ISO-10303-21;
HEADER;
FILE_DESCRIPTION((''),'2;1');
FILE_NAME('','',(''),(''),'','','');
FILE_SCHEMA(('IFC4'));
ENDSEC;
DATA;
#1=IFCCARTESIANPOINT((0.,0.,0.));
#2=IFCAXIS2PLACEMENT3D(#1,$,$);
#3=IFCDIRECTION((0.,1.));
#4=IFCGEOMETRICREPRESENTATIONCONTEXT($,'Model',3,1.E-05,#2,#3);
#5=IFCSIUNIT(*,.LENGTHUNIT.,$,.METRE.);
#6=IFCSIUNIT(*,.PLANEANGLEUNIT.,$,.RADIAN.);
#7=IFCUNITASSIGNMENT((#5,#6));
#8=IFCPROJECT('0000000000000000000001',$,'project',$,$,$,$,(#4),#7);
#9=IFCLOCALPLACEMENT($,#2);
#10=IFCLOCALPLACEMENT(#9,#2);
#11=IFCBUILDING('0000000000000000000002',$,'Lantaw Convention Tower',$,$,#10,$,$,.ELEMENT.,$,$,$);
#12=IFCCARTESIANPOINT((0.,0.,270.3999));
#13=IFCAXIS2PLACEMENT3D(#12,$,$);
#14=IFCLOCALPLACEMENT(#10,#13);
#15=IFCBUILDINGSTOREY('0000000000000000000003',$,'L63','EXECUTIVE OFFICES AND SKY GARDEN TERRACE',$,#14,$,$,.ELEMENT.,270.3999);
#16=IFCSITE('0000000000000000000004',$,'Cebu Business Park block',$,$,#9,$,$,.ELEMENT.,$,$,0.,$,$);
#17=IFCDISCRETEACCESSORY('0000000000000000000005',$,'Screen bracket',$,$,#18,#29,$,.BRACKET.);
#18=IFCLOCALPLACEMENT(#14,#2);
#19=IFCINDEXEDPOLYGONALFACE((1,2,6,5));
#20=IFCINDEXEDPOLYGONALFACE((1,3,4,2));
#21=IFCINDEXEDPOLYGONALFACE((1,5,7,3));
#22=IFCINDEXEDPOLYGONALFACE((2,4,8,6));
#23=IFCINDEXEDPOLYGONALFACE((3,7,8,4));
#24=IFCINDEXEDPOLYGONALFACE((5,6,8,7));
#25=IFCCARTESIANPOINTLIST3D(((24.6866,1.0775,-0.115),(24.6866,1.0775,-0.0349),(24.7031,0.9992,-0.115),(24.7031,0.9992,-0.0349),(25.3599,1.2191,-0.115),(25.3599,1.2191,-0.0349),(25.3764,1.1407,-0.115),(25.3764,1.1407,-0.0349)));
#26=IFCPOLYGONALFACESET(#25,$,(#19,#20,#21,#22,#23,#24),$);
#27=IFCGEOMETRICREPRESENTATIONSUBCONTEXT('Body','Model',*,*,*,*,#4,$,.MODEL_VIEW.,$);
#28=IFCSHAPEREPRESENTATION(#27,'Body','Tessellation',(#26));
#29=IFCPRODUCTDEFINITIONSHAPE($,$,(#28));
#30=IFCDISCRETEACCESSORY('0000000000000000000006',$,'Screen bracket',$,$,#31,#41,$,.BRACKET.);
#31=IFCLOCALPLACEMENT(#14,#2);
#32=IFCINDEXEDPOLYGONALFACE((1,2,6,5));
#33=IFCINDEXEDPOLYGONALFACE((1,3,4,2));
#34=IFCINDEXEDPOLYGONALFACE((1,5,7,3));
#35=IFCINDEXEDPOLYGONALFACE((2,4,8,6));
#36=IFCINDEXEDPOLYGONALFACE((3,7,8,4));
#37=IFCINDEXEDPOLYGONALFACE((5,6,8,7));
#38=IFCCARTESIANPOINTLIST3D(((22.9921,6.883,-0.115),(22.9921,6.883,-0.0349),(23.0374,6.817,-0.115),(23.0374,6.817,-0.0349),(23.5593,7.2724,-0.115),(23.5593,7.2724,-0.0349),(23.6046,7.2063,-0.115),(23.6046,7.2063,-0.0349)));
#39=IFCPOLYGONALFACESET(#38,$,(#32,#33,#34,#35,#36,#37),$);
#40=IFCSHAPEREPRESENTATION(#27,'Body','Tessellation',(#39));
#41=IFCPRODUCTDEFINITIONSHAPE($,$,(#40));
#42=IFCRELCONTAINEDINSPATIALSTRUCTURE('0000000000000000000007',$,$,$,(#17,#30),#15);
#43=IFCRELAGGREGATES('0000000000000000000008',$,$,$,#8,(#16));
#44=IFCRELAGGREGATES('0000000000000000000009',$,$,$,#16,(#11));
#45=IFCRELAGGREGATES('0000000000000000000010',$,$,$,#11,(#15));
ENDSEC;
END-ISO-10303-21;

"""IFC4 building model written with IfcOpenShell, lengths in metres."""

from ifc_helpers import new_model, si_unit, direction, frame, origin, origin_2d, place, context, subcontext, project, spatial, rectangle, extrude, element, save


model = new_model("IFC4")

# Units and contexts
model_context = context("Model", 3, precision=1e-05, world=origin(), true_north=direction((0.0, 1.0)))
body_context = subcontext(model_context, "Body", "Model", "MODEL_VIEW")
ifc_project = project(units=[si_unit("LENGTHUNIT", "METRE"), si_unit("PLANEANGLEUNIT", "RADIAN")], contexts=[model_context])

# Site, building, storey
site_placement = place(None, origin())
site = spatial("IfcSite", under=ifc_project, at=site_placement, Name="Cebu Business Park block", CompositionType="ELEMENT", RefElevation=0.0)
building_placement = place(site_placement, origin())
building = spatial("IfcBuilding", under=site, at=building_placement, Name="Lantaw Convention Tower", CompositionType="ELEMENT")
storey_placement = place(building_placement, frame((0.0, 0.0, 270.3999)))
storey = spatial("IfcBuildingStorey", under=building, at=storey_placement, Name="L63", Description="EXECUTIVE OFFICES AND SKY GARDEN TERRACE", CompositionType="ELEMENT", Elevation=270.3999)

# Discrete accessories
for number, where, z_axis, x_axis, name in (
    (1, (25.0315, 1.1091, -0.115), (0.0, 0.0, 1.0), (-0.205814, 0.978591, 0.0), "Screen bracket"),
    (2, (23.2983, 7.0447, -0.115), (0.0, 0.0, 1.0), (-0.565935, 0.82445, 0.0), "Screen bracket"),
):
    element("IfcDiscreteAccessory", number, at=place(storey_placement, frame(where, z_axis=z_axis, x_axis=x_axis)), inside=storey, Name=name, PredefinedType="BRACKET", context=body_context, shape_type="SweptSolid", body=[
        extrude(rectangle(XDim=0.0801, YDim=0.688, at=origin_2d()), origin(), (0.0, 0.0, 1.0), 0.0801),
    ])

save(model, "model.ifc")
